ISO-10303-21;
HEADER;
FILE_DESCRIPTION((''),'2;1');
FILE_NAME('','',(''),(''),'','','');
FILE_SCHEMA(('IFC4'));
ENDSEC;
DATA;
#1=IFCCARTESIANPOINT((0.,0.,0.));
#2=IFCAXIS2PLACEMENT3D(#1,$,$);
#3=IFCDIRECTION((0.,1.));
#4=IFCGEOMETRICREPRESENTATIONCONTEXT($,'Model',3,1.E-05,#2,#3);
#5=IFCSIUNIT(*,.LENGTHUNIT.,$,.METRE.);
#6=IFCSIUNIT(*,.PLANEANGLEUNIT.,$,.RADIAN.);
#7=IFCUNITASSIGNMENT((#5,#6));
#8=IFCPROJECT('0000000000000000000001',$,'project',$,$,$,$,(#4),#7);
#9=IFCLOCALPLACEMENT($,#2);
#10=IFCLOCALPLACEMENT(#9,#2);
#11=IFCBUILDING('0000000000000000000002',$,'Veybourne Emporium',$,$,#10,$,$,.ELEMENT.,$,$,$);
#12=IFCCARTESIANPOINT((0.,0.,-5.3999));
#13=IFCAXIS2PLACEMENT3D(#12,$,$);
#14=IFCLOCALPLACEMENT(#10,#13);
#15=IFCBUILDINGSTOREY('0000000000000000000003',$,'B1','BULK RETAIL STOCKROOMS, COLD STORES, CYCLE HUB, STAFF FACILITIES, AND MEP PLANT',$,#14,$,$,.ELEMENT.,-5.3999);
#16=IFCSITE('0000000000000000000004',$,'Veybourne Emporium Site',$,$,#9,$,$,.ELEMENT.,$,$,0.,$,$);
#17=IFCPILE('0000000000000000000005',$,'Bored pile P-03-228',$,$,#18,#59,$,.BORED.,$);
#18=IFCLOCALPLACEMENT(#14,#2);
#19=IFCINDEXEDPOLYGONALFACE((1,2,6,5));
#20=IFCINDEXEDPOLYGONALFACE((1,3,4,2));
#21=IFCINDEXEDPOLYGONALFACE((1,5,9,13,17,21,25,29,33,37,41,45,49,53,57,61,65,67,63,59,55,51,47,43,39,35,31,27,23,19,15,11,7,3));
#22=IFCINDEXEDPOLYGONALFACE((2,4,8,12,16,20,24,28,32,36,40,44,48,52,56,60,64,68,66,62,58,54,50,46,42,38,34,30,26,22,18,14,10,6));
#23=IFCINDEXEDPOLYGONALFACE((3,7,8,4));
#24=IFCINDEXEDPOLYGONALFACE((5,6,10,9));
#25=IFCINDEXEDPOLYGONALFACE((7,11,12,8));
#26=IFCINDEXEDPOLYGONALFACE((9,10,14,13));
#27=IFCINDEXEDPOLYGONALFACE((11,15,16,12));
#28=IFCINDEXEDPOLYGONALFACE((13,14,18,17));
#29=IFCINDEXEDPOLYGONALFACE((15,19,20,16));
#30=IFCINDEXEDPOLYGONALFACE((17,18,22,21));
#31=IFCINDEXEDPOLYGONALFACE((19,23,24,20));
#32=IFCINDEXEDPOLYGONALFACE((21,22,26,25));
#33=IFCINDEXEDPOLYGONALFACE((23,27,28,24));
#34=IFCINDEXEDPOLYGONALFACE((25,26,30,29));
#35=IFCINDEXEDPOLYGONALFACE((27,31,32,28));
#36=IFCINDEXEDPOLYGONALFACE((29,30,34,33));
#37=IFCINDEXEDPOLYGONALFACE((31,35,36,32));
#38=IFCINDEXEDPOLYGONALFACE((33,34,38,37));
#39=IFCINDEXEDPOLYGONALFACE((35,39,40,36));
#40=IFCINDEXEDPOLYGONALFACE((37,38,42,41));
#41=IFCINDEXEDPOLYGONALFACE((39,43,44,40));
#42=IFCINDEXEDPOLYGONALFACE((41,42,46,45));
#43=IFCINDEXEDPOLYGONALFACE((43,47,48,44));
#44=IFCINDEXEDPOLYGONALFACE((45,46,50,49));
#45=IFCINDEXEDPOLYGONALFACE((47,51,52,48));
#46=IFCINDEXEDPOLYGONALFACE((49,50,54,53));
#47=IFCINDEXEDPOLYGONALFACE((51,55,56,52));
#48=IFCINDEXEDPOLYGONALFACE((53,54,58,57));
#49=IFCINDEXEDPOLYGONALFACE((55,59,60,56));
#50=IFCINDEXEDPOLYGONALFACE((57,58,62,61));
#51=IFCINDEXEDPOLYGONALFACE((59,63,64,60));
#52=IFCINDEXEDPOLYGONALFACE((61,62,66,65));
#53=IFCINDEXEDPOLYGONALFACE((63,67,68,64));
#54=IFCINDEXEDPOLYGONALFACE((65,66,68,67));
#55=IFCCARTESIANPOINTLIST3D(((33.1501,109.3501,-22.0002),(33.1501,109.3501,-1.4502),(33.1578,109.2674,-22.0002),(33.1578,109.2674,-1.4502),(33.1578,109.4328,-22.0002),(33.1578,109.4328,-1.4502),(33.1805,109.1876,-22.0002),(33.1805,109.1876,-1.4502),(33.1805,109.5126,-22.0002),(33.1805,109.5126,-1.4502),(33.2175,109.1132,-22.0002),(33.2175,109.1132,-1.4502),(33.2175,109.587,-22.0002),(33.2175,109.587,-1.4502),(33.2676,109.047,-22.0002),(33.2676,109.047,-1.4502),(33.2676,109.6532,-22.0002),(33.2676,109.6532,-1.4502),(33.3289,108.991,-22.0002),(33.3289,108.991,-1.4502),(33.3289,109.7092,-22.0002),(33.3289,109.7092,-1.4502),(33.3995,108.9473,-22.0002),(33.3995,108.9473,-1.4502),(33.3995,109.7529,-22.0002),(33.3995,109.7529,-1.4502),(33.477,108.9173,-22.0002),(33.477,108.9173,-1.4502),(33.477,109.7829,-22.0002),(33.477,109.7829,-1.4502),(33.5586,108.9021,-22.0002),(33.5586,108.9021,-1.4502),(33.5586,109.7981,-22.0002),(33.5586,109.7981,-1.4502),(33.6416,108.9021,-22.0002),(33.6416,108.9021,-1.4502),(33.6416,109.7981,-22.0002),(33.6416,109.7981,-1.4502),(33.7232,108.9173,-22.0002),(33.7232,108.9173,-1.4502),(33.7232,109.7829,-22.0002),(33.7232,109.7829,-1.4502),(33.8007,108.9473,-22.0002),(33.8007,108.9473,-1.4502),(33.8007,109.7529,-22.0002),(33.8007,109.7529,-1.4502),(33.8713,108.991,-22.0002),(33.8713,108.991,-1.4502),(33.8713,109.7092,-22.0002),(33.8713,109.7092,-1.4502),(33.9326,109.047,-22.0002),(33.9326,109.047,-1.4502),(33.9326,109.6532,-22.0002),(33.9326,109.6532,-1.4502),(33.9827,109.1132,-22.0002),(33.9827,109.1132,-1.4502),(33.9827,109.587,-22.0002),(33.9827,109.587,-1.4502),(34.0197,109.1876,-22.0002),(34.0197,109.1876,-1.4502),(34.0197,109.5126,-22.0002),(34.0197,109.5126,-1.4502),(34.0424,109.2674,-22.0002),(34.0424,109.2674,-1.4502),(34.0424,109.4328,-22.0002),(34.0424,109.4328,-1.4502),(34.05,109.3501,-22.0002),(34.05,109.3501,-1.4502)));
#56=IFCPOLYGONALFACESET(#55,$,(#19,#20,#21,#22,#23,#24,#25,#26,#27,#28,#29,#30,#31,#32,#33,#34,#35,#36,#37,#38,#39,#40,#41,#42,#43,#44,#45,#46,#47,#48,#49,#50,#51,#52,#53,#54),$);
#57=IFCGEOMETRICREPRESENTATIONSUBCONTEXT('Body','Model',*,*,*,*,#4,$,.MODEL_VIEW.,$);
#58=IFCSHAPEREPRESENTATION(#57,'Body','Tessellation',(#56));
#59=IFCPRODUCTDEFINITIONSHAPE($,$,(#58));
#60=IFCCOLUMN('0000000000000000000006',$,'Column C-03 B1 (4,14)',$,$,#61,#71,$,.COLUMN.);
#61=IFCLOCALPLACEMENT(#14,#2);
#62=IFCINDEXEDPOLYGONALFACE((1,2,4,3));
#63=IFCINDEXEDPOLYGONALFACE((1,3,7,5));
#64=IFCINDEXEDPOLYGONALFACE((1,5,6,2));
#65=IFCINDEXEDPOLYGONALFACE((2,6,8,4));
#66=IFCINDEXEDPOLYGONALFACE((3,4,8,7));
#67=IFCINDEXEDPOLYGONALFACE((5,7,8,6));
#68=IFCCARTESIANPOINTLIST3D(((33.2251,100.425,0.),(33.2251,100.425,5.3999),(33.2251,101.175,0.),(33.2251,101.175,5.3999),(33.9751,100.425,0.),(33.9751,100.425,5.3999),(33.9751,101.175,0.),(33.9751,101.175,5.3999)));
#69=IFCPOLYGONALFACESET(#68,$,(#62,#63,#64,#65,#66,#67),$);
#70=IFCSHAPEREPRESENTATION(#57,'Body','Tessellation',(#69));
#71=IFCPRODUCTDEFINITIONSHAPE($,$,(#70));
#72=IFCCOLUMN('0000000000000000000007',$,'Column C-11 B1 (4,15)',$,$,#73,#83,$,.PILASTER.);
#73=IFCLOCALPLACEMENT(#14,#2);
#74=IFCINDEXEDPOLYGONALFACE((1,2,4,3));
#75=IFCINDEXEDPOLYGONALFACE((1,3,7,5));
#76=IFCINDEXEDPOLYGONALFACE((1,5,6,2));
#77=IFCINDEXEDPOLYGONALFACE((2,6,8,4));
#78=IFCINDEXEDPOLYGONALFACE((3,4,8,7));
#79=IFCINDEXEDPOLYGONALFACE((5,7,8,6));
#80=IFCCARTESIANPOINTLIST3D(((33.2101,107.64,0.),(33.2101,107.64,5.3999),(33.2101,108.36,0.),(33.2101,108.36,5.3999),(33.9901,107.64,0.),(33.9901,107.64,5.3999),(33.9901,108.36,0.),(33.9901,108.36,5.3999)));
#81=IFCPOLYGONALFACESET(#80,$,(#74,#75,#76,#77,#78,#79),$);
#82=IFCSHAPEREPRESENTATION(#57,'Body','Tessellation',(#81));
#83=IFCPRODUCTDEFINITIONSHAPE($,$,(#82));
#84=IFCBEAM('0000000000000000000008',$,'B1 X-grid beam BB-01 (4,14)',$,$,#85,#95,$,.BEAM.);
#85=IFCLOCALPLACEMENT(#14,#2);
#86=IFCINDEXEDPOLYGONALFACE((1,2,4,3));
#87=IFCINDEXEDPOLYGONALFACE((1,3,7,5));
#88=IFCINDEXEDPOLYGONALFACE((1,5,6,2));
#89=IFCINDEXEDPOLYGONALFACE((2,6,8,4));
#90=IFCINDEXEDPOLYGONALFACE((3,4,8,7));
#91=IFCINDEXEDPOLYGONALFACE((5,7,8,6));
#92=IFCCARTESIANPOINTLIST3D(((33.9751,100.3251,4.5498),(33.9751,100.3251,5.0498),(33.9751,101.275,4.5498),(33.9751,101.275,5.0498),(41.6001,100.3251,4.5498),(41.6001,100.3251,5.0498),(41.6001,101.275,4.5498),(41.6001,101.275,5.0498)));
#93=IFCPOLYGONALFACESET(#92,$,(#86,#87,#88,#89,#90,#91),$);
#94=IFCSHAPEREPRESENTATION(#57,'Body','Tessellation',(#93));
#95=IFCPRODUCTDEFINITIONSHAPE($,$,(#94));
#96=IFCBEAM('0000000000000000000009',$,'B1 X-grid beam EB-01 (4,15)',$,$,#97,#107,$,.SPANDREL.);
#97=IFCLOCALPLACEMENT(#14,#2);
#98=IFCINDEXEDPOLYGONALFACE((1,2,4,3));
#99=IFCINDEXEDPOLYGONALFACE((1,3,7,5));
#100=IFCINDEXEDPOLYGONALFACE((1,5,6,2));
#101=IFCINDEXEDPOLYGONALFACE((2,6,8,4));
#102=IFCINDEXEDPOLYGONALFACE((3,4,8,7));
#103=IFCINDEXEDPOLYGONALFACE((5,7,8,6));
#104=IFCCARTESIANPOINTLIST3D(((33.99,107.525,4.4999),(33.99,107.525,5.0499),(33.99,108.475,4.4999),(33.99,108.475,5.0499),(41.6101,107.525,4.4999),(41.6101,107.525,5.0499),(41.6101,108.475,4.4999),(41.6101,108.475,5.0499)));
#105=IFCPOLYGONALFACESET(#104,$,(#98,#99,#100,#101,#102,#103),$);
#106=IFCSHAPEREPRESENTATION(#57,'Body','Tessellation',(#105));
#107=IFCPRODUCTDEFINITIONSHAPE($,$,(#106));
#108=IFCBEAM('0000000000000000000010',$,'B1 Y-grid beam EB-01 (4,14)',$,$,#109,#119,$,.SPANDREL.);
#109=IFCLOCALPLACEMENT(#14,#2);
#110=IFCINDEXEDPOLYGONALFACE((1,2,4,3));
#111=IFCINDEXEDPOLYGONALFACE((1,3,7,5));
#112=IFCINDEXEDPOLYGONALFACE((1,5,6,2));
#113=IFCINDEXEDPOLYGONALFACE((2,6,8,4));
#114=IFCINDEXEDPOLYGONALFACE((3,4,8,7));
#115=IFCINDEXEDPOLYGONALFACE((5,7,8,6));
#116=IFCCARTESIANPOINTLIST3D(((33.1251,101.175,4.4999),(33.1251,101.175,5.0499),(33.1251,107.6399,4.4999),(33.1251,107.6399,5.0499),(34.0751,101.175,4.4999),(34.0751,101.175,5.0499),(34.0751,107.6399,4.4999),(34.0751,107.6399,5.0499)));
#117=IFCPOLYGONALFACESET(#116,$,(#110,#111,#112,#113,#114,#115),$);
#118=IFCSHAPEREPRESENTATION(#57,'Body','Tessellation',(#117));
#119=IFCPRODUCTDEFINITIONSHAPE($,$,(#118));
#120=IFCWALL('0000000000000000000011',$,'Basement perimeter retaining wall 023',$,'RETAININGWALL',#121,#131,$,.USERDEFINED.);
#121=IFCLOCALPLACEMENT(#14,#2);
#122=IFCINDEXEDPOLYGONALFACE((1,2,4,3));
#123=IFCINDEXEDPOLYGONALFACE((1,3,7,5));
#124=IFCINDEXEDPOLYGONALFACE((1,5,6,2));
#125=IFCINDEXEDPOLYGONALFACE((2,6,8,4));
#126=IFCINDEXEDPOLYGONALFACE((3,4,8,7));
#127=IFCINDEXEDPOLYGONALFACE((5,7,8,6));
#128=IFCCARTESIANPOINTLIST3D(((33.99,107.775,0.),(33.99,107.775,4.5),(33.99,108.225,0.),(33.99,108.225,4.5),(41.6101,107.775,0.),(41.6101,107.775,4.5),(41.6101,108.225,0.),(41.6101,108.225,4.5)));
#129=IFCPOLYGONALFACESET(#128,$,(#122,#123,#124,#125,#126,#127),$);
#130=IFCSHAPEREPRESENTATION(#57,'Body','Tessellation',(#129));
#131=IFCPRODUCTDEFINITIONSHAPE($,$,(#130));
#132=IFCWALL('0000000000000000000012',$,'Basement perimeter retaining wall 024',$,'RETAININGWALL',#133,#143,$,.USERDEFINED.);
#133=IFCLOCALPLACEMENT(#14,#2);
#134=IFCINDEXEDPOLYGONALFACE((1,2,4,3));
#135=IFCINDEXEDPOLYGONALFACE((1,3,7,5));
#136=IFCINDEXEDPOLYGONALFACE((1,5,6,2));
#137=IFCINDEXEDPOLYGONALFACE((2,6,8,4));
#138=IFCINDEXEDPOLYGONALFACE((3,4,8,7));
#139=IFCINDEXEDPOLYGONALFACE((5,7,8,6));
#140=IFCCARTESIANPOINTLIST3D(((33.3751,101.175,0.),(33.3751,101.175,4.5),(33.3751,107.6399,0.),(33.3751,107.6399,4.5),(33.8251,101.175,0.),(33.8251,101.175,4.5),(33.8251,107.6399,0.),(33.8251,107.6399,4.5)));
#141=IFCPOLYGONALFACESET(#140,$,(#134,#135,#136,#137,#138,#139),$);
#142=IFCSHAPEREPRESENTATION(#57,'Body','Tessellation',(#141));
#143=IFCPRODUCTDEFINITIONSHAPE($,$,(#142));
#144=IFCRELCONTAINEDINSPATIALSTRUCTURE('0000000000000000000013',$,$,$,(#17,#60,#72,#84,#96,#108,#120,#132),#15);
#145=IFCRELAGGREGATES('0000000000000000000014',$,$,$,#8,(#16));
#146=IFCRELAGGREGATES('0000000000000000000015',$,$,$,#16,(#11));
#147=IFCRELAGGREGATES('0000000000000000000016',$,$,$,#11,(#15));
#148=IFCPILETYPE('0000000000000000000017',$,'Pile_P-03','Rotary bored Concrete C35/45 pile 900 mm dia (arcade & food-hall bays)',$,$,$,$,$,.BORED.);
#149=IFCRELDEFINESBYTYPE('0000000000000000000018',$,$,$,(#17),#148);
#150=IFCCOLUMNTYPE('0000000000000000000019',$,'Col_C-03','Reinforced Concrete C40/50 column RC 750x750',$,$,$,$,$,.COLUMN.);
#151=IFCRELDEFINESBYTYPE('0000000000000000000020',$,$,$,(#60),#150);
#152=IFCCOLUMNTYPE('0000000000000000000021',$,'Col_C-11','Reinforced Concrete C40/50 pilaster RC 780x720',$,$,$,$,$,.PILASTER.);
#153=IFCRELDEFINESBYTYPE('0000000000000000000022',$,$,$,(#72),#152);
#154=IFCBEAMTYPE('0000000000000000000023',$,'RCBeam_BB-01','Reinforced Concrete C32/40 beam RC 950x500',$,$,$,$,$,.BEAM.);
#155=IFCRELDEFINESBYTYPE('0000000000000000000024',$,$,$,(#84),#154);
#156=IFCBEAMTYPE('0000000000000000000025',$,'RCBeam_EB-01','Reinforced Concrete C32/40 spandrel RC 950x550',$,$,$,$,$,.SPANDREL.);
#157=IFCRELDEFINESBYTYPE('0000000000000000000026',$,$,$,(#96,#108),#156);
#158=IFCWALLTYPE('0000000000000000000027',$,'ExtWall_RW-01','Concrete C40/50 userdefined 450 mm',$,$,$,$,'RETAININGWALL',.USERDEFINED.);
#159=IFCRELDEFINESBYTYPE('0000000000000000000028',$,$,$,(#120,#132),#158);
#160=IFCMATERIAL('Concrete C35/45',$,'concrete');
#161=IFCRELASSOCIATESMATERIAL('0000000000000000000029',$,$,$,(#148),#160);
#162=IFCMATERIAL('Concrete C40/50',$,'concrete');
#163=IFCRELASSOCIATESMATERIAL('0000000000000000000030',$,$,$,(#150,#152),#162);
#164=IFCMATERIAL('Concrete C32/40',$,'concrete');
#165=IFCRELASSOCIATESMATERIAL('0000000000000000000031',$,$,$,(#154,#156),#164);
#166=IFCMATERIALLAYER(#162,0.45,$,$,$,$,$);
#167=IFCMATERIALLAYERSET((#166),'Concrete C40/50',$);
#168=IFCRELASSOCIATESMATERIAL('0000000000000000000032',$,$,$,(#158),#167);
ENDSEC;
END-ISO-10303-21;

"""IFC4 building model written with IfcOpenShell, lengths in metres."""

from ifc_helpers import new_model, si_unit, direction, frame, frame_2d, origin, origin_2d, place, context, subcontext, project, spatial, rectangle, circle, extrude, material, layer, layer_set, material_profile, profile_set, type_object, element, save


model = new_model("IFC4")

# Units and contexts
model_context = context("Model", 3, precision=1e-05, world=origin(), true_north=direction((0.0, 1.0)))
body_context = subcontext(model_context, "Body", "Model", "MODEL_VIEW")
ifc_project = project(units=[si_unit("LENGTHUNIT", "METRE"), si_unit("PLANEANGLEUNIT", "RADIAN")], contexts=[model_context])

# Site, building, storey
site_placement = place(None, origin())
site = spatial("IfcSite", under=ifc_project, at=site_placement, Name="Veybourne Emporium Site", CompositionType="ELEMENT", RefElevation=0.0)
building_placement = place(site_placement, origin())
building = spatial("IfcBuilding", under=site, at=building_placement, Name="Veybourne Emporium", CompositionType="ELEMENT")
storey_placement = place(building_placement, frame((0.0, 0.0, -5.3999)))
storey = spatial("IfcBuildingStorey", under=building, at=storey_placement, Name="B1", Description="BULK RETAIL STOCKROOMS, COLD STORES, CYCLE HUB, STAFF FACILITIES, AND MEP PLANT", CompositionType="ELEMENT", Elevation=-5.3999)

# Shared definitions
ifc_material_1 = material(Name="Concrete C35/45", Category="concrete")

# Pile
ifc_material_profile_1 = material_profile(ifc_material_1, circle(Radius=0.45, at=origin_2d()), Name="BORED PILE 900")
ifc_profile_set_1 = profile_set([ifc_material_profile_1], Name="Concrete C35/45")
pile_type_1 = type_object("IfcPileType", Name="Pile_P-03", Description="Rotary bored Concrete C35/45 pile 900 mm dia (arcade & food-hall bays)", PredefinedType="BORED", material=ifc_profile_set_1)
for number, where, z_axis, x_axis, name in (
    (1, (33.6001, 109.3501, -1.4502), (0.0, 0.0, -1.0), (1.0, 0.0, 0.0), "Bored pile P-03-228"),
):
    element("IfcPile", number, at=place(storey_placement, frame(where, z_axis=z_axis, x_axis=x_axis)), inside=storey, type_object=pile_type_1, Name=name, PredefinedType="BORED", context=body_context, shape_type="SweptSolid", body=[
        extrude(circle(Radius=0.45, at=origin_2d()), origin(), (0.0, 0.0, 1.0), 20.55),
    ])

# Columns
ifc_material_2 = material(Name="Concrete C40/50", Category="concrete")
ifc_material_profile_2 = material_profile(ifc_material_2, rectangle(XDim=0.75, YDim=0.75, at=origin_2d()), Name="RC 750x750")
ifc_profile_set_2 = profile_set([ifc_material_profile_2], Name="Concrete C40/50")
column_type_1 = type_object("IfcColumnType", Name="Col_C-03", Description="Reinforced Concrete C40/50 column RC 750x750", PredefinedType="COLUMN", material=ifc_profile_set_2)
column_1_placement = place(storey_placement, frame((33.6001, 100.8, 0.0), z_axis=(0.0, 0.0, 1.0), x_axis=(1.0, 0.0, 0.0)))
element("IfcColumn", 2, at=column_1_placement, inside=storey, type_object=column_type_1, Name="Column C-03 B1 (4,14)", PredefinedType="COLUMN", context=body_context, shape_type="SweptSolid", body=[
    extrude(rectangle(XDim=0.75, YDim=0.75, at=origin_2d()), origin(), (0.0, 0.0, 1.0), 5.3999),
])
ifc_material_profile_3 = material_profile(ifc_material_2, rectangle(XDim=0.78, YDim=0.72, at=origin_2d()), Name="RC 780x720")
ifc_profile_set_3 = profile_set([ifc_material_profile_3], Name="Concrete C40/50")
column_type_2 = type_object("IfcColumnType", Name="Col_C-11", Description="Reinforced Concrete C40/50 pilaster RC 780x720", PredefinedType="PILASTER", material=ifc_profile_set_3)
column_2_placement = place(storey_placement, frame((33.6001, 108.0, 0.0), z_axis=(0.0, 0.0, 1.0), x_axis=(1.0, 0.0, 0.0)))
element("IfcColumn", 3, at=column_2_placement, inside=storey, type_object=column_type_2, Name="Column C-11 B1 (4,15)", PredefinedType="PILASTER", context=body_context, shape_type="SweptSolid", body=[
    extrude(rectangle(XDim=0.78, YDim=0.72, at=origin_2d()), origin(), (0.0, 0.0, 1.0), 5.3999),
])

# Beams
ifc_material_3 = material(Name="Concrete C32/40", Category="concrete")
ifc_material_profile_4 = material_profile(ifc_material_3, rectangle(XDim=0.95, YDim=0.5, at=origin_2d()), Name="RC 950x500")
ifc_profile_set_4 = profile_set([ifc_material_profile_4], Name="Concrete C32/40")
beam_type_1 = type_object("IfcBeamType", Name="RCBeam_BB-01", Description="Reinforced Concrete C32/40 beam RC 950x500", PredefinedType="BEAM", material=ifc_profile_set_4)
beam_1_placement = place(storey_placement, frame((33.9751, 100.8, 4.7998), z_axis=(1.0, 0.0, 0.0), x_axis=(0.0, 1.0, 0.0)))
element("IfcBeam", 4, at=beam_1_placement, inside=storey, type_object=beam_type_1, Name="B1 X-grid beam BB-01 (4,14)", PredefinedType="BEAM", context=body_context, shape_type="SweptSolid", body=[
    extrude(rectangle(XDim=0.95, YDim=0.5, at=origin_2d()), origin(), (0.0, 0.0, 1.0), 7.625),
])
ifc_material_profile_5 = material_profile(ifc_material_3, rectangle(XDim=0.95, YDim=0.55, at=origin_2d()), Name="RC 950x550")
ifc_profile_set_5 = profile_set([ifc_material_profile_5], Name="Concrete C32/40")
beam_type_2 = type_object("IfcBeamType", Name="RCBeam_EB-01", Description="Reinforced Concrete C32/40 spandrel RC 950x550", PredefinedType="SPANDREL", material=ifc_profile_set_5)
beam_2_placement = place(storey_placement, frame((33.99, 108.0, 4.7749), z_axis=(1.0, 0.0, 0.0), x_axis=(0.0, 1.0, 0.0)))
element("IfcBeam", 5, at=beam_2_placement, inside=storey, type_object=beam_type_2, Name="B1 X-grid beam EB-01 (4,15)", PredefinedType="SPANDREL", context=body_context, shape_type="SweptSolid", body=[
    extrude(rectangle(XDim=0.95, YDim=0.55, at=origin_2d()), origin(), (0.0, 0.0, 1.0), 7.6201),
])
beam_3_placement = place(storey_placement, frame((33.6001, 101.175, 4.7749), z_axis=(0.0, 1.0, 0.0), x_axis=(-1.0, 0.0, 0.0)))
element("IfcBeam", 6, at=beam_3_placement, inside=storey, type_object=beam_type_2, Name="B1 Y-grid beam EB-01 (4,14)", PredefinedType="SPANDREL", context=body_context, shape_type="SweptSolid", body=[
    extrude(rectangle(XDim=0.95, YDim=0.55, at=origin_2d()), origin(), (0.0, 0.0, 1.0), 6.4648),
])

# Walls
ifc_layer = layer(ifc_material_2, 0.45)
ifc_layer_set = layer_set([ifc_layer], Name="Concrete C40/50")
wall_type = type_object("IfcWallType", Name="ExtWall_RW-01", Description="Concrete C40/50 userdefined 450 mm", ElementType="RETAININGWALL", PredefinedType="USERDEFINED", material=ifc_layer_set)
wall_1_placement = place(storey_placement, frame((33.99, 108.0, 0.0), z_axis=(0.0, 0.0, 1.0), x_axis=(1.0, 0.0, 0.0)))
element("IfcWall", 7, at=wall_1_placement, inside=storey, type_object=wall_type, Name="Basement perimeter retaining wall 023", ObjectType="RETAININGWALL", PredefinedType="USERDEFINED", context=body_context, shape_type="SweptSolid", body=[
    extrude(rectangle(XDim=7.6201, YDim=0.45, at=frame_2d((3.8101, 0.0))), origin(), (0.0, 0.0, 1.0), 4.5),
])
wall_2_placement = place(storey_placement, frame((33.6001, 101.175, 0.0), z_axis=(0.0, 0.0, 1.0), x_axis=(0.0, 1.0, 0.0)))
element("IfcWall", 8, at=wall_2_placement, inside=storey, type_object=wall_type, Name="Basement perimeter retaining wall 024", ObjectType="RETAININGWALL", PredefinedType="USERDEFINED", context=body_context, shape_type="SweptSolid", body=[
    extrude(rectangle(XDim=6.4648, YDim=0.45, at=frame_2d((3.2324, 0.0))), origin(), (0.0, 0.0, 1.0), 4.5),
])

save(model, "model.ifc")
